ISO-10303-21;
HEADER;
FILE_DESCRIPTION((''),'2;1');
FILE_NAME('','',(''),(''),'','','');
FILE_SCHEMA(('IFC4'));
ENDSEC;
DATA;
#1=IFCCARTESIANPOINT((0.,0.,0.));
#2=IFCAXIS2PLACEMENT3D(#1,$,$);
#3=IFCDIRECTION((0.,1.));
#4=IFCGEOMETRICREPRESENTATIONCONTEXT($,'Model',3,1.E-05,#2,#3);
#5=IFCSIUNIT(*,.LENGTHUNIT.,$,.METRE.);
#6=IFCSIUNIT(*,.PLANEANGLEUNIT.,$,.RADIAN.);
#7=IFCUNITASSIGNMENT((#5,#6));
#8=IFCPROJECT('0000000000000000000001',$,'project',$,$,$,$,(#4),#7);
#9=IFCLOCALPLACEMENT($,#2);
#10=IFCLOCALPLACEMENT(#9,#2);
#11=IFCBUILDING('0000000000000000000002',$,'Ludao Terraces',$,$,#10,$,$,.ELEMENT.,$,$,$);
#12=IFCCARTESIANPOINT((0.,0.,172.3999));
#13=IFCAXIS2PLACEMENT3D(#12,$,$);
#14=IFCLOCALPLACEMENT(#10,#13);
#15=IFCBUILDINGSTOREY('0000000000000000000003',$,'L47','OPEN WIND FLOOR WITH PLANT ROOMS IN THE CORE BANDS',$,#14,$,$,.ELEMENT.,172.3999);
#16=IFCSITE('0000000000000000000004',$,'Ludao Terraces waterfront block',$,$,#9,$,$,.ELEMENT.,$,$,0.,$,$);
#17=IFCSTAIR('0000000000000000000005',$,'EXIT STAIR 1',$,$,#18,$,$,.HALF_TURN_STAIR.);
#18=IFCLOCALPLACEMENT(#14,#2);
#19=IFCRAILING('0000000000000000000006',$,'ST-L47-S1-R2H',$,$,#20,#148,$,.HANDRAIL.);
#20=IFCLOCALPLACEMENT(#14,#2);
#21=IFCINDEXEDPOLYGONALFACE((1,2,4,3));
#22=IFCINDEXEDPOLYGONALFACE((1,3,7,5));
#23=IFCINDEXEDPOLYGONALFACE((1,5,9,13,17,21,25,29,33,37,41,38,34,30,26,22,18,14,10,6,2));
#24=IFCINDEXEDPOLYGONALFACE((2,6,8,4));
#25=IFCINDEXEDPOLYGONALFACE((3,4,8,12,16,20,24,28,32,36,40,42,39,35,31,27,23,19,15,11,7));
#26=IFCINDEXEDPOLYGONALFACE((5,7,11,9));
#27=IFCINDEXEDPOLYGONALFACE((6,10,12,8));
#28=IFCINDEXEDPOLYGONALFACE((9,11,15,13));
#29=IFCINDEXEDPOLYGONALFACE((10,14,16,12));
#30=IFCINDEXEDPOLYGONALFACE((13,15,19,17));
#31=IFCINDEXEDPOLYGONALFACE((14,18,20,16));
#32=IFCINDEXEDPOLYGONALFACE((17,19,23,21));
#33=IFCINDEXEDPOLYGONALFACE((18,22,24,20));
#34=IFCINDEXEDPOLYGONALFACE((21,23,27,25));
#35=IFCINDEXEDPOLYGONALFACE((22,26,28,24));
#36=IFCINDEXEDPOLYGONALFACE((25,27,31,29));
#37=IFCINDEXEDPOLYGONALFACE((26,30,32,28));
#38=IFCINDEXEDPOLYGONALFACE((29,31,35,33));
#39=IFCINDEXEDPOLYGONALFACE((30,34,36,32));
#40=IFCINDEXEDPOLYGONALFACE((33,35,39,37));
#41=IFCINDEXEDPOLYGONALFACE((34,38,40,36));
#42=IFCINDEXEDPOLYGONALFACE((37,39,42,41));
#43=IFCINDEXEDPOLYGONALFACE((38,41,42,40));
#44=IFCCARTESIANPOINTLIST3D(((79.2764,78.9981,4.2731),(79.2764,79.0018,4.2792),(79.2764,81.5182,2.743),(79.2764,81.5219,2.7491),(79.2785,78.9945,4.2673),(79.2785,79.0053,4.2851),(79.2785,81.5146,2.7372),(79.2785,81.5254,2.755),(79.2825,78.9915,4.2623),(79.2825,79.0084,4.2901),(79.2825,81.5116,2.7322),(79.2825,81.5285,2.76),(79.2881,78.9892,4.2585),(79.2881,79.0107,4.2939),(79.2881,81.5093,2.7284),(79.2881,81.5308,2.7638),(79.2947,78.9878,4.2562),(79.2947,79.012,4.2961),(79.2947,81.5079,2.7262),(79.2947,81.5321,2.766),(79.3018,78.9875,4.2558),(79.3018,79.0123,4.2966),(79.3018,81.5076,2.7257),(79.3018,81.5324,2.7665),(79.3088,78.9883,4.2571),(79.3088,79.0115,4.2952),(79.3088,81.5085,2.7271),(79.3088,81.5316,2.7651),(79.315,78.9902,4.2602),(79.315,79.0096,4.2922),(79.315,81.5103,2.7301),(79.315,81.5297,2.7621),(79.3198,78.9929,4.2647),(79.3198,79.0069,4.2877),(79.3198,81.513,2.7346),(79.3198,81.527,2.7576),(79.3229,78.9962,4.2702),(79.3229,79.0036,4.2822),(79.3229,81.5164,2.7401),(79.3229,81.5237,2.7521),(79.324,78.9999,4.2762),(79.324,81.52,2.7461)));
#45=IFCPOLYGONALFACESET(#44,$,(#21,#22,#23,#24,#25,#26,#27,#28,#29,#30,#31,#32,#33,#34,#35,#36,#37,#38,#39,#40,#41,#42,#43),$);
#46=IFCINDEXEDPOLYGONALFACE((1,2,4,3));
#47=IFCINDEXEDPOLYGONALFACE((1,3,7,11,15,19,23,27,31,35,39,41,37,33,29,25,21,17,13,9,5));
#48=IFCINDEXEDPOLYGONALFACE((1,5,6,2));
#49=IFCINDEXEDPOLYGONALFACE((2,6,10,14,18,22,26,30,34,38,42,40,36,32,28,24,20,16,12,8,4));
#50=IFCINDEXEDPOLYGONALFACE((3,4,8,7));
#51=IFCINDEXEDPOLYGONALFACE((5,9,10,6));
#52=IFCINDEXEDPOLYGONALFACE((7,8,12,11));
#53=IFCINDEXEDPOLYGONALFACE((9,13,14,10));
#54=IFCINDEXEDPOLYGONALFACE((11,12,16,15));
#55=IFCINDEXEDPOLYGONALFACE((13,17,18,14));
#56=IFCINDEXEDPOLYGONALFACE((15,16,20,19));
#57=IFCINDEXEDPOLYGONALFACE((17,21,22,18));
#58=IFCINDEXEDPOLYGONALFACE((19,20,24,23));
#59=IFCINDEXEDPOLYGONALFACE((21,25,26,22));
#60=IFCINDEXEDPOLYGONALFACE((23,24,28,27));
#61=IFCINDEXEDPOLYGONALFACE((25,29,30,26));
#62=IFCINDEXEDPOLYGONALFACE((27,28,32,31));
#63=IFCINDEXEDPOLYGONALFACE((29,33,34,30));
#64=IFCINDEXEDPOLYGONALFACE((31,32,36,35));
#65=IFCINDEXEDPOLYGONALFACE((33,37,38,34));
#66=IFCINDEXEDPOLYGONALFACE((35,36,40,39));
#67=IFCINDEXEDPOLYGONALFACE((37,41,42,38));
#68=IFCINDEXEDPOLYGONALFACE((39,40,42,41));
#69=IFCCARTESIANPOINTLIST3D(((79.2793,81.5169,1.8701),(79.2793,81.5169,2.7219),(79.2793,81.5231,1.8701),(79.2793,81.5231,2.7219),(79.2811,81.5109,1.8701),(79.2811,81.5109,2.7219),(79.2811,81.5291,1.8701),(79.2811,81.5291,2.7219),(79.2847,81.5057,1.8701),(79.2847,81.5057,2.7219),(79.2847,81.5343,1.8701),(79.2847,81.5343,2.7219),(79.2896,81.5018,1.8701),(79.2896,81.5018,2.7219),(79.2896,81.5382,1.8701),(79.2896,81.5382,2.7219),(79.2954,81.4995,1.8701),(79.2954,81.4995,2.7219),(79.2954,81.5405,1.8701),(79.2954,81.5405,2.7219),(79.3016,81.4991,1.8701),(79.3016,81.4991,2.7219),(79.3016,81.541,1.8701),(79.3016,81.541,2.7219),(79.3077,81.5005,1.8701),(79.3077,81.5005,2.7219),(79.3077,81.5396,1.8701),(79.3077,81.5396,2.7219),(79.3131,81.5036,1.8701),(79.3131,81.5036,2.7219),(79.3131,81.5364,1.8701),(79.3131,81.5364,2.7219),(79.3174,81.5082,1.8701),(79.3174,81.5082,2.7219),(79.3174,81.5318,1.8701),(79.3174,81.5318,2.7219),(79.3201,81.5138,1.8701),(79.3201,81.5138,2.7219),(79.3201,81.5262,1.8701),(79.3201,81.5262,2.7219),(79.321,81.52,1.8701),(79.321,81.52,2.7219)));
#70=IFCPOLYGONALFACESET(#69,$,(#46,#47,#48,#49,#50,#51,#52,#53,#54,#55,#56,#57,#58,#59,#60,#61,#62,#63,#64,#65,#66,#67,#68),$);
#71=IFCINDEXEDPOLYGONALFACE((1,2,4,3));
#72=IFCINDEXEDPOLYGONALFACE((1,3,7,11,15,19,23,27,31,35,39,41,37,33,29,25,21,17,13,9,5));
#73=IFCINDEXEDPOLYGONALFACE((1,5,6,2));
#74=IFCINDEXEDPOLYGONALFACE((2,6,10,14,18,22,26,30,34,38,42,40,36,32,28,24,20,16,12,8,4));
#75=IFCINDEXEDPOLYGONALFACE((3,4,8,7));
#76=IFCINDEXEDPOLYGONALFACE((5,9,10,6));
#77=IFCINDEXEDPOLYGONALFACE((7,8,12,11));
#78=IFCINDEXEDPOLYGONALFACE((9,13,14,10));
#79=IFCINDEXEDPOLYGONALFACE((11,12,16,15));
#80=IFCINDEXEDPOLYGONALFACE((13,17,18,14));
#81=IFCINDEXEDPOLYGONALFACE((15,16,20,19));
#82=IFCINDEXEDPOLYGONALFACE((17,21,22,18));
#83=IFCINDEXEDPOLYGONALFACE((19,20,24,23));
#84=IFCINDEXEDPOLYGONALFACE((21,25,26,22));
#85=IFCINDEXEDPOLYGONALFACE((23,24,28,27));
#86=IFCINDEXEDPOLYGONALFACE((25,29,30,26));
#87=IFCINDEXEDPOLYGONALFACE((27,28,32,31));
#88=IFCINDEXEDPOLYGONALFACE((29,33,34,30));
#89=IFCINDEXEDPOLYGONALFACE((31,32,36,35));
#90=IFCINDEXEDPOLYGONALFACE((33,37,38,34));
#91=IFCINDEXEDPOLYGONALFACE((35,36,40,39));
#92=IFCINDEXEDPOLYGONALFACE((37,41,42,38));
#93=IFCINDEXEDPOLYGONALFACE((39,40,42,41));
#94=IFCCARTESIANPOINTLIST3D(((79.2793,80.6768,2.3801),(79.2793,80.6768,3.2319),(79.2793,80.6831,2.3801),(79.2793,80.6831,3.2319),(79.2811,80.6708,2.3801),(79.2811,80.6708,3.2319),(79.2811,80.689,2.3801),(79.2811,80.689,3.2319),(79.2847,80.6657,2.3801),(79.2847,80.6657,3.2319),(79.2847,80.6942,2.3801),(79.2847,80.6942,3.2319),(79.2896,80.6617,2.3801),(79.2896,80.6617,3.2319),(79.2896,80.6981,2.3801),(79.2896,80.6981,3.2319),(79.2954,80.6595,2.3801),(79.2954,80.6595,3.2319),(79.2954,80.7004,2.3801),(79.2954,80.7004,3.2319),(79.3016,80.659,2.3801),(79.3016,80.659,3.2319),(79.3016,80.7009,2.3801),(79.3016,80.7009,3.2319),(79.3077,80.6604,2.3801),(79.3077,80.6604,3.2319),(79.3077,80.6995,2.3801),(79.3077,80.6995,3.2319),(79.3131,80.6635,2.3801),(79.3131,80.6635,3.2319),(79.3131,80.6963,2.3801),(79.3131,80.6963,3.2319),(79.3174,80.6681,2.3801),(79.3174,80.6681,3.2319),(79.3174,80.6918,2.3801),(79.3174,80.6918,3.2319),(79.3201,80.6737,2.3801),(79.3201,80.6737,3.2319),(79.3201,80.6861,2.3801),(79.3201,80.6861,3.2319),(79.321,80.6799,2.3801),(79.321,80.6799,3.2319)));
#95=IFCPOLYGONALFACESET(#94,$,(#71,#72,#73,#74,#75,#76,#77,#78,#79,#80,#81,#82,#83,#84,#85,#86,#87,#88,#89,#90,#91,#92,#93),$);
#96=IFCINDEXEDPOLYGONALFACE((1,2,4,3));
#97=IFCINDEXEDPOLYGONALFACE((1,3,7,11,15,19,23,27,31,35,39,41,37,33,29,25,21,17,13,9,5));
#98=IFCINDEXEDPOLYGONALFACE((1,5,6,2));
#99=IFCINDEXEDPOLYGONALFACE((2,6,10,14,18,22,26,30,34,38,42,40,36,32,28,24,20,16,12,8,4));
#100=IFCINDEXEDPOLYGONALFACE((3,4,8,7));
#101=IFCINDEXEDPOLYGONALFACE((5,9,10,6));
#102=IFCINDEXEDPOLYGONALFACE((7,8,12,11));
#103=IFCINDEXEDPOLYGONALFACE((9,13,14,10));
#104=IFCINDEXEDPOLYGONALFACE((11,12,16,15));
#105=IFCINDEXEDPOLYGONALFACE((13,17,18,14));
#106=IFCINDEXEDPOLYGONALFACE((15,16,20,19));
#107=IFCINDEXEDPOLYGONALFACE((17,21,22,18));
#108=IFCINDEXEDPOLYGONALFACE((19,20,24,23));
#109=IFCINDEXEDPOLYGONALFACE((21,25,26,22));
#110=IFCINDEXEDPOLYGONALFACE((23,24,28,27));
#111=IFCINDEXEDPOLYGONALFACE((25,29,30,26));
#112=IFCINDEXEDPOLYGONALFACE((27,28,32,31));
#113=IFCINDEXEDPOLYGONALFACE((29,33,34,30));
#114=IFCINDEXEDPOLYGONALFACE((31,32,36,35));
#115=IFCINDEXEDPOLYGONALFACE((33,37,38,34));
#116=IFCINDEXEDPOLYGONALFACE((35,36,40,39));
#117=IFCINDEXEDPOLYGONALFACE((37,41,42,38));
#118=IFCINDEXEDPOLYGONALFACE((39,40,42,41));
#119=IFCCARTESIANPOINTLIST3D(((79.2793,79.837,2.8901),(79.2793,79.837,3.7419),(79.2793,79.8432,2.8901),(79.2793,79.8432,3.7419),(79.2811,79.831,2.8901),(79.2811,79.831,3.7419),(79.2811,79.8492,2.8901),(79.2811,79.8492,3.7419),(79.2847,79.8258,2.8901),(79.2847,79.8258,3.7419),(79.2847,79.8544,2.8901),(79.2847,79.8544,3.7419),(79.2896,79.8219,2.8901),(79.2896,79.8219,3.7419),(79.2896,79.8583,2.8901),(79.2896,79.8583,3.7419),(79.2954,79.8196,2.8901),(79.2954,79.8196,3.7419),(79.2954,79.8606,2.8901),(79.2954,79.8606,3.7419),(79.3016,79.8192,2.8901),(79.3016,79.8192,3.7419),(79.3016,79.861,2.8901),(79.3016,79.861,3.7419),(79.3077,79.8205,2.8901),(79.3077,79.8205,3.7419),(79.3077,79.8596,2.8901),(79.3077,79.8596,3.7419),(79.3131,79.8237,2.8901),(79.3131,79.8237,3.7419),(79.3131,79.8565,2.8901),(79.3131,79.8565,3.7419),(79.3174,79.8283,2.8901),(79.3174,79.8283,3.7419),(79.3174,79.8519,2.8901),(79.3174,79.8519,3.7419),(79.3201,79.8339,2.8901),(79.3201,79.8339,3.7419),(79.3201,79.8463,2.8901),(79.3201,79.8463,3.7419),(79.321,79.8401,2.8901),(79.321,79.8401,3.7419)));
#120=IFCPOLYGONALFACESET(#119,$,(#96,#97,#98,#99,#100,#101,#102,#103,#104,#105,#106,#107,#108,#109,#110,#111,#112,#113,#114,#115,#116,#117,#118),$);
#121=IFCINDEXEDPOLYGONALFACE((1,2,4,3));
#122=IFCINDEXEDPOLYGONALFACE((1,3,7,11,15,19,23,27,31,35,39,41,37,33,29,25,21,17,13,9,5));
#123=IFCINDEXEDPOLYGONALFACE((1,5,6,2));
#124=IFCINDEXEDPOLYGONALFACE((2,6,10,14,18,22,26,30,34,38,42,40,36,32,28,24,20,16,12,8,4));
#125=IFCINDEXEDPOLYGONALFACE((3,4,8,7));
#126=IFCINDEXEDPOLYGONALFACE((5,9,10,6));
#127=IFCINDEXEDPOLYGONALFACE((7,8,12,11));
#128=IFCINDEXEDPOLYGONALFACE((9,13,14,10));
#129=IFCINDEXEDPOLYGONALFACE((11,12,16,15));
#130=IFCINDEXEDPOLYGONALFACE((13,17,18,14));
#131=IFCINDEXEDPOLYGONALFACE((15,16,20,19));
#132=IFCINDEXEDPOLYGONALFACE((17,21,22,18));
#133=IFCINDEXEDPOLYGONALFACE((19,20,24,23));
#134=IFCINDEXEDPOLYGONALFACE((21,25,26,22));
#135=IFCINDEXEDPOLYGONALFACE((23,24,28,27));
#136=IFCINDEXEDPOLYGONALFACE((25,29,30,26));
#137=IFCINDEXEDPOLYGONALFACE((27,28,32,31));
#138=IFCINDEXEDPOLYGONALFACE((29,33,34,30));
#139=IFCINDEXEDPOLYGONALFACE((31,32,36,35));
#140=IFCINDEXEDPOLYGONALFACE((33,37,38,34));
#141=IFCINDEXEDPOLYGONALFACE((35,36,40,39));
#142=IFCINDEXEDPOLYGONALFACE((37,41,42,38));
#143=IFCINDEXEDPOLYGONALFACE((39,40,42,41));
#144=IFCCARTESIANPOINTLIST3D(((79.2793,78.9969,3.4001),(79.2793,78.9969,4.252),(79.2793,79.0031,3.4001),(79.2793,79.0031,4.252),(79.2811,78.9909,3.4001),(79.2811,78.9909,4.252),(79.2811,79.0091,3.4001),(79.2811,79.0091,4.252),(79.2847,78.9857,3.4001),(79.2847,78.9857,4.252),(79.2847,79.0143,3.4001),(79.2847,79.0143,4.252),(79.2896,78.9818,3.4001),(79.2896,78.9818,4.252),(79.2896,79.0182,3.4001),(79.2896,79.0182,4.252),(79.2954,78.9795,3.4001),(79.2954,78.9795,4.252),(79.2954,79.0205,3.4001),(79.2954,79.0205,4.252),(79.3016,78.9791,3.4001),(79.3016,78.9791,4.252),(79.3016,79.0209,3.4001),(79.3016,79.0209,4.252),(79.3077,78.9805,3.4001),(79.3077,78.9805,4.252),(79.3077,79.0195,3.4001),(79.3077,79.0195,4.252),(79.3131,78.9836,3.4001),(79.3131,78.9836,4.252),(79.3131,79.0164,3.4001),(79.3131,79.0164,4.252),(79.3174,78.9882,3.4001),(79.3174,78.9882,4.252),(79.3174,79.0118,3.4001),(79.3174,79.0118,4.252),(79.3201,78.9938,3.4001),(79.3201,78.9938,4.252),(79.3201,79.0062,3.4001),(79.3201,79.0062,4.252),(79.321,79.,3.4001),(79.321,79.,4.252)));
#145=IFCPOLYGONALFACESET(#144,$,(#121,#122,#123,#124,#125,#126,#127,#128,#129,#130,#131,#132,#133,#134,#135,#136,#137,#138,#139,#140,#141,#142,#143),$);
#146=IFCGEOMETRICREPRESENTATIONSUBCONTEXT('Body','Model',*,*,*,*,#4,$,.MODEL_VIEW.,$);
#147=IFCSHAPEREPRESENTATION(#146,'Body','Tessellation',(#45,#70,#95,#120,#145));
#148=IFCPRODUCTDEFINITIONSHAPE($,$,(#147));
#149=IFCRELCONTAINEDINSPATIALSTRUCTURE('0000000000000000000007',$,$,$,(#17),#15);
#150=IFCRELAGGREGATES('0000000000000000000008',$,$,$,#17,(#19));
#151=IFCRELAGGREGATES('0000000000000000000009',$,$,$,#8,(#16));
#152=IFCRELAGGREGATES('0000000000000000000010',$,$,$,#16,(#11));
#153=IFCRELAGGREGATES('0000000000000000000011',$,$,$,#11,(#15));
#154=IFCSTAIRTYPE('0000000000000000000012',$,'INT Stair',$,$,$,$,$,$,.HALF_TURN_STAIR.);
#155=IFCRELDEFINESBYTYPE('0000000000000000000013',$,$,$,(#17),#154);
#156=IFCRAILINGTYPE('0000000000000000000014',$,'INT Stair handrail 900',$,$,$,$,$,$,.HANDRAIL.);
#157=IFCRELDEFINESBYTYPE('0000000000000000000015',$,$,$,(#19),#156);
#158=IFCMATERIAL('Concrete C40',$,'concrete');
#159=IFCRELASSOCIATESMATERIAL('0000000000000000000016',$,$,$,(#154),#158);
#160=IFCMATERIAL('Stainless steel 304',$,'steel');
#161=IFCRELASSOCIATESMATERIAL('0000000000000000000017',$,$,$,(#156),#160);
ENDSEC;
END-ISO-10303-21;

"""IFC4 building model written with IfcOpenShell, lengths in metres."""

from ifc_helpers import new_model, si_unit, direction, frame, origin, origin_2d, place, context, subcontext, project, spatial, circle, extrude, material, type_object, element, aggregate, save


model = new_model("IFC4")

# Units and contexts
model_context = context("Model", 3, precision=1e-05, world=origin(), true_north=direction((0.0, 1.0)))
body_context = subcontext(model_context, "Body", "Model", "MODEL_VIEW")
ifc_project = project(units=[si_unit("LENGTHUNIT", "METRE"), si_unit("PLANEANGLEUNIT", "RADIAN")], contexts=[model_context])

# Site, building, storey
site_placement = place(None, origin())
site = spatial("IfcSite", under=ifc_project, at=site_placement, Name="Ludao Terraces waterfront block", CompositionType="ELEMENT", RefElevation=0.0)
building_placement = place(site_placement, origin())
building = spatial("IfcBuilding", under=site, at=building_placement, Name="Ludao Terraces", CompositionType="ELEMENT")
storey_placement = place(building_placement, frame((0.0, 0.0, 172.3999)))
storey = spatial("IfcBuildingStorey", under=building, at=storey_placement, Name="L47", Description="OPEN WIND FLOOR WITH PLANT ROOMS IN THE CORE BANDS", CompositionType="ELEMENT", Elevation=172.3999)

# Shared definitions
ifc_material_1 = material(Name="Stainless steel 304", Category="steel")

# Stair, railing
ifc_material_2 = material(Name="Concrete C40", Category="concrete")
stair_type = type_object("IfcStairType", Name="INT Stair", PredefinedType="HALF_TURN_STAIR", material=ifc_material_2)
stair_placement = place(storey_placement, origin())
stair = element("IfcStair", 1, at=stair_placement, inside=storey, type_object=stair_type, Name="EXIT STAIR 1", PredefinedType="HALF_TURN_STAIR")
railing_type_1 = type_object("IfcRailingType", Name="INT Stair handrail 900", PredefinedType="HANDRAIL", material=ifc_material_1)
railing_1_placement = place(storey_placement, frame((79.3, 81.52, 1.8701)))
railing_1 = element("IfcRailing", 2, at=railing_1_placement, type_object=railing_type_1, Name="ST-L47-S1-R2H", PredefinedType="HANDRAIL", context=body_context, shape_type="SweptSolid", body=[
    extrude(circle(Radius=0.0239, at=origin_2d()), frame((0.0, 0.0, 0.876), z_axis=(0.0, -0.854785, 0.518982), x_axis=(1.0, 0.0, 0.0)), (0.0, 0.0, 1.0), 2.9482),
    extrude(circle(Radius=0.021, at=origin_2d()), origin(), (0.0, 0.0, 1.0), 0.8518),
    extrude(circle(Radius=0.021, at=origin_2d()), frame((0.0, -0.8401, 0.51)), (0.0, 0.0, 1.0), 0.8518),
    extrude(circle(Radius=0.021, at=origin_2d()), frame((0.0, -1.6799, 1.02)), (0.0, 0.0, 1.0), 0.8518),
    extrude(circle(Radius=0.021, at=origin_2d()), frame((0.0, -2.52, 1.53)), (0.0, 0.0, 1.0), 0.8518),
])
aggregate(stair, [railing_1])

save(model, "model.ifc")
